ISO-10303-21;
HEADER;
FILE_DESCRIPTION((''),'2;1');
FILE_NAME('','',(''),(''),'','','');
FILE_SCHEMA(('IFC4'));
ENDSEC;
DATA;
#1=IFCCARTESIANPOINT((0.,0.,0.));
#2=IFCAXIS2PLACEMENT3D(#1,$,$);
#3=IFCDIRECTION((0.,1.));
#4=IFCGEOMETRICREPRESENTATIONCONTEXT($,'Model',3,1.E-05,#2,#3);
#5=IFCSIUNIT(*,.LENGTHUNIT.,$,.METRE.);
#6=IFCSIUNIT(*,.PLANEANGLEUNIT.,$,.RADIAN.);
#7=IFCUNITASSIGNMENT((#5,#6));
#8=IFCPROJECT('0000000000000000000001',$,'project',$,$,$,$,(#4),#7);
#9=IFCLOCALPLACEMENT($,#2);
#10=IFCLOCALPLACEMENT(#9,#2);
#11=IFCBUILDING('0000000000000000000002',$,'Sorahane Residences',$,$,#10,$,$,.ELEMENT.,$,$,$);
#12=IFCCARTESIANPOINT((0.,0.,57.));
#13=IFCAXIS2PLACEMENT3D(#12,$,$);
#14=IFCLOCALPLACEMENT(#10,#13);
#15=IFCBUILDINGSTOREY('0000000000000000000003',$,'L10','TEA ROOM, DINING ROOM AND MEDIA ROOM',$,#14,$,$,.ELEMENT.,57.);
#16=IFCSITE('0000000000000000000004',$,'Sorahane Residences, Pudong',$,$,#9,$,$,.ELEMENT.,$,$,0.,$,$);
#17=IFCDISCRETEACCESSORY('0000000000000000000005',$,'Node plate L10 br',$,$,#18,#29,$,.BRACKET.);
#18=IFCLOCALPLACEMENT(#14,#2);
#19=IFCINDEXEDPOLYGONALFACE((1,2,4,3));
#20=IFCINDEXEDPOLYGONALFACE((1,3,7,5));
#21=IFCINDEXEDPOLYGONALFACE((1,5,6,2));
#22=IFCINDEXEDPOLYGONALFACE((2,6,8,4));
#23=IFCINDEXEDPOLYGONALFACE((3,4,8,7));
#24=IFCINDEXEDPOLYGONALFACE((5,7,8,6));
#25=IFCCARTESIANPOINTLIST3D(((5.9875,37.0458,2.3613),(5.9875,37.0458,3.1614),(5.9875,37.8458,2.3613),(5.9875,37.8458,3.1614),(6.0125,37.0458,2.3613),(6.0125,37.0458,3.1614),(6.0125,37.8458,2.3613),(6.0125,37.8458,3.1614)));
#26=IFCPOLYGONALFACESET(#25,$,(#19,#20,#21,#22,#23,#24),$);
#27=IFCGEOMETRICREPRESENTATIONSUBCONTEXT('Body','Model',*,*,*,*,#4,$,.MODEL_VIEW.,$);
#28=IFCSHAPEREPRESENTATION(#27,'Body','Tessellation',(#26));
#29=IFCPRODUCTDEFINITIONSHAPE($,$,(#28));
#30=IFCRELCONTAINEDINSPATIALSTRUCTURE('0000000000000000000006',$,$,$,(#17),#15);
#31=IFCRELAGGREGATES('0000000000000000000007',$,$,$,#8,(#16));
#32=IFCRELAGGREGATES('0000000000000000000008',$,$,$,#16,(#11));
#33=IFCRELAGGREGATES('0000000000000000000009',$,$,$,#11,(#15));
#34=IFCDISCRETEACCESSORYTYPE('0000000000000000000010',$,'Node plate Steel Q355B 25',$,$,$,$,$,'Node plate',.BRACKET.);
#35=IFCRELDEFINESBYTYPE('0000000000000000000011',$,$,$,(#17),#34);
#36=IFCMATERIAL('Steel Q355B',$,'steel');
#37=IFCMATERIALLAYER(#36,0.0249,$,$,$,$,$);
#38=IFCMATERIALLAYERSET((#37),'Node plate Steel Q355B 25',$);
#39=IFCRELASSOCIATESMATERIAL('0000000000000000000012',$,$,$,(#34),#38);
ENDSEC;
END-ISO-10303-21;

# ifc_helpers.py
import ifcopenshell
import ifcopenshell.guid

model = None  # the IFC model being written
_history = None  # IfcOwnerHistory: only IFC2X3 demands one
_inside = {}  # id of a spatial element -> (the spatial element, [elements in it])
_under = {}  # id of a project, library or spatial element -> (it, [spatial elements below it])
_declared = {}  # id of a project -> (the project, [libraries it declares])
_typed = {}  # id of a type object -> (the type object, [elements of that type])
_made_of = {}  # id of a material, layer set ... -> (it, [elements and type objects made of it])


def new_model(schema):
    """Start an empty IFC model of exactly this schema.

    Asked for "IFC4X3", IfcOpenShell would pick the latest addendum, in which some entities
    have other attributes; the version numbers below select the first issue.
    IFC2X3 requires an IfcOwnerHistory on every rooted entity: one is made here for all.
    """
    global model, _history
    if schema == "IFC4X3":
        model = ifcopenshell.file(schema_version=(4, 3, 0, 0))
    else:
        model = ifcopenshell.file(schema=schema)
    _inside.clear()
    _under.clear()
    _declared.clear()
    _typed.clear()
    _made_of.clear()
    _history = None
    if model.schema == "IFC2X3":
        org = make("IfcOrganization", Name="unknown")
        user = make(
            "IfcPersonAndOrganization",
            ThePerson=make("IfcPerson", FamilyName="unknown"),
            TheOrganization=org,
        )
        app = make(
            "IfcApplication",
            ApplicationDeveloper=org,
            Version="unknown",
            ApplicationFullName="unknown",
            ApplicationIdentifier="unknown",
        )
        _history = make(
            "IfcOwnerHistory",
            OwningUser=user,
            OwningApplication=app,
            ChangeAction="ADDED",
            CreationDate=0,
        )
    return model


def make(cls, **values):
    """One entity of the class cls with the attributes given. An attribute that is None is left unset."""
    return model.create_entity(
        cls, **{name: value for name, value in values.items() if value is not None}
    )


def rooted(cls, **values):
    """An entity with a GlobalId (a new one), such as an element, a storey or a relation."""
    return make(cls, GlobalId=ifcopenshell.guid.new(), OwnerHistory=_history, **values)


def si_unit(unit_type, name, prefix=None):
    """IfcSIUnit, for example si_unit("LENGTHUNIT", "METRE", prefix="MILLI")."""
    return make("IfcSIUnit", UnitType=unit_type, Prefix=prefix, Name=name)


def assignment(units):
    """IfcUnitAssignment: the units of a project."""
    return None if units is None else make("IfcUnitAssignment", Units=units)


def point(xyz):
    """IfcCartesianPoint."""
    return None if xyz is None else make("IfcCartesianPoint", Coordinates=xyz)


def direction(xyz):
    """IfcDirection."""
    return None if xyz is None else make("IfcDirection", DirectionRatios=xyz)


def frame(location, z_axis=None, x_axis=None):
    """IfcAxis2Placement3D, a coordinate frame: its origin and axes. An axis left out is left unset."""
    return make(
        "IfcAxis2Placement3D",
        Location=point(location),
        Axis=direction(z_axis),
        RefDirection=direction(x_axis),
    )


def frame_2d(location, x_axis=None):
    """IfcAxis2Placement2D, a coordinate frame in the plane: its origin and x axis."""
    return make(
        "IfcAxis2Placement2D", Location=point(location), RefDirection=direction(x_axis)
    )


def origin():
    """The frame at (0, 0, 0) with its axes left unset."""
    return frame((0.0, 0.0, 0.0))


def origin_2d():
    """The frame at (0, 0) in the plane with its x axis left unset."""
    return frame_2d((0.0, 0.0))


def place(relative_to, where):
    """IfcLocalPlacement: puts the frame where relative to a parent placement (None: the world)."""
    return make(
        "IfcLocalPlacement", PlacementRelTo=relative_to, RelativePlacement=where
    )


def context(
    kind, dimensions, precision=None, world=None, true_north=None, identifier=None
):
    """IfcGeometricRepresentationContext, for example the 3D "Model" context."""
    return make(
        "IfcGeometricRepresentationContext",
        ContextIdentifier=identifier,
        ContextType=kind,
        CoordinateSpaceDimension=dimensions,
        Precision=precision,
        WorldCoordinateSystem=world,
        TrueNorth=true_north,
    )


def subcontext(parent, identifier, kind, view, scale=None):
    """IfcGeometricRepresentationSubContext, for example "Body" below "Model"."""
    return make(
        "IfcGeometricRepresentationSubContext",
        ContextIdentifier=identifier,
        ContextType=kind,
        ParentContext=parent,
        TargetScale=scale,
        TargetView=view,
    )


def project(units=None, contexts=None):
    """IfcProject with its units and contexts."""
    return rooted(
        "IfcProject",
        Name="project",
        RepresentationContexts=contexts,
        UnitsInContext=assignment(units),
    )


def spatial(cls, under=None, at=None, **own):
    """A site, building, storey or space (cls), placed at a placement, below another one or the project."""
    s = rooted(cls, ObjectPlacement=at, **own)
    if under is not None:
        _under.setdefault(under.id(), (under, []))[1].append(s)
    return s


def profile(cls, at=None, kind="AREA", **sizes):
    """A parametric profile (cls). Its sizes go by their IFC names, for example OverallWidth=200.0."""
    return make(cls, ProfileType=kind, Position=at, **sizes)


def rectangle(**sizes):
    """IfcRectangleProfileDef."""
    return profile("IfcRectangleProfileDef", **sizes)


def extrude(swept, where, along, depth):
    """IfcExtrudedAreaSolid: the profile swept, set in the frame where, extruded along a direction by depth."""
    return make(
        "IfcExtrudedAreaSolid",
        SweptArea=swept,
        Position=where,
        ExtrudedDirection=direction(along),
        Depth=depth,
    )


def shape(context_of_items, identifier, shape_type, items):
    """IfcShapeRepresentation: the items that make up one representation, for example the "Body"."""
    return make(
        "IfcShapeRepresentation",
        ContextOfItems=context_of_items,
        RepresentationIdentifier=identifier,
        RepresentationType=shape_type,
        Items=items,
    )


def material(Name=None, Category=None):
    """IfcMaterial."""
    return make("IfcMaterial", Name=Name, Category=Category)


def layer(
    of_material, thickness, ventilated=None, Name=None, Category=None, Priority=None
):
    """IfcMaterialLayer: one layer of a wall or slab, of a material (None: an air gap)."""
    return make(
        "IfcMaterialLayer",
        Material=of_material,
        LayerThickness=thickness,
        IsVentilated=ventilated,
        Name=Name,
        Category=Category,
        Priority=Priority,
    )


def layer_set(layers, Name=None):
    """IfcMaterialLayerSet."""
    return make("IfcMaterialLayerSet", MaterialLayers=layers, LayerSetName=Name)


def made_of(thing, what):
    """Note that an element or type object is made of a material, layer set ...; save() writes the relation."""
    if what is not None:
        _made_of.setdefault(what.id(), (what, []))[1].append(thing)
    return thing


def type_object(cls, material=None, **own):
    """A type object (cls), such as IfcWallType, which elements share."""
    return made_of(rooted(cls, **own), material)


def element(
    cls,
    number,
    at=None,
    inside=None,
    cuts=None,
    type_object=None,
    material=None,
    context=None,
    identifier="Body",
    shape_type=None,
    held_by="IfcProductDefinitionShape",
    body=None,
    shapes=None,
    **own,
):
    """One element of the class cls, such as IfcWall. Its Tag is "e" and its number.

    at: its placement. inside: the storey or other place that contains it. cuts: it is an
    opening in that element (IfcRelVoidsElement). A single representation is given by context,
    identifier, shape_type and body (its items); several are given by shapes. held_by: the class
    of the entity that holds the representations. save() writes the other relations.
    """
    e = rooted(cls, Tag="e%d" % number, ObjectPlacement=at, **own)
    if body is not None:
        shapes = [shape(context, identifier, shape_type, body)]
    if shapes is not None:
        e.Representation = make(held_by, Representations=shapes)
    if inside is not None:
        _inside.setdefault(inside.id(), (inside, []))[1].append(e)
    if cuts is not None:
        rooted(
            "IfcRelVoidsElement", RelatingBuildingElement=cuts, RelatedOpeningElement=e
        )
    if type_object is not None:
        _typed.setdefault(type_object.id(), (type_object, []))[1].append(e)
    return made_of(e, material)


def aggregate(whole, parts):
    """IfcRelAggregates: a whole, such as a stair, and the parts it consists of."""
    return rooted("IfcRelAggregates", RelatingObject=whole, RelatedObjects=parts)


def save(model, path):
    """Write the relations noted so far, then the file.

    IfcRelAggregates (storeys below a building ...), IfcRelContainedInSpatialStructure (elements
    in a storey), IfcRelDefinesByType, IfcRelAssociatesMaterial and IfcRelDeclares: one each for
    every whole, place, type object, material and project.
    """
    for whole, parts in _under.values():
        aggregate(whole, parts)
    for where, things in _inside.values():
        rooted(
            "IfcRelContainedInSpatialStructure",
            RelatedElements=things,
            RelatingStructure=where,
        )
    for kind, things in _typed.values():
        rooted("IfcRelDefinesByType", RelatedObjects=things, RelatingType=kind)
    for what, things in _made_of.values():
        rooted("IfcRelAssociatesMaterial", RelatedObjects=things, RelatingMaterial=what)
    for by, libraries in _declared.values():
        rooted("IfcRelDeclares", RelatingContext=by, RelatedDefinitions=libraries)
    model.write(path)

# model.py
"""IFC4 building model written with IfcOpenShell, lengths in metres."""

from ifc_helpers import new_model, si_unit, direction, frame, origin, origin_2d, place, context, subcontext, project, spatial, rectangle, extrude, material, layer, layer_set, type_object, element, save


model = new_model("IFC4")

# Units and contexts
model_context = context("Model", 3, precision=1e-05, world=origin(), true_north=direction((0.0, 1.0)))
body_context = subcontext(model_context, "Body", "Model", "MODEL_VIEW")
ifc_project = project(units=[si_unit("LENGTHUNIT", "METRE"), si_unit("PLANEANGLEUNIT", "RADIAN")], contexts=[model_context])

# Site, building, storey
site_placement = place(None, origin())
site = spatial("IfcSite", under=ifc_project, at=site_placement, Name="Sorahane Residences, Pudong", CompositionType="ELEMENT", RefElevation=0.0)
building_placement = place(site_placement, origin())
building = spatial("IfcBuilding", under=site, at=building_placement, Name="Sorahane Residences", CompositionType="ELEMENT")
storey_placement = place(building_placement, frame((0.0, 0.0, 57.0)))
storey = spatial("IfcBuildingStorey", under=building, at=storey_placement, Name="L10", Description="TEA ROOM, DINING ROOM AND MEDIA ROOM", CompositionType="ELEMENT", Elevation=57.0)

# Discrete accessory
ifc_material_1 = material(Name="Steel Q355B", Category="steel")
ifc_layer_1 = layer(ifc_material_1, 0.0249)
ifc_layer_set_1 = layer_set([ifc_layer_1], Name="Node plate Steel Q355B 25")
discrete_accessory_type = type_object("IfcDiscreteAccessoryType", Name="Node plate Steel Q355B 25", ElementType="Node plate", PredefinedType="BRACKET", material=ifc_layer_set_1)
for number, where, z_axis, x_axis, name in (
    (1, (6.0, 37.4458, 2.3613), (0.0, 0.0, 1.0), (0.0, 1.0, 0.0), "Node plate L10 br"),
):
    element("IfcDiscreteAccessory", number, at=place(storey_placement, frame(where, z_axis=z_axis, x_axis=x_axis)), inside=storey, type_object=discrete_accessory_type, Name=name, PredefinedType="BRACKET", context=body_context, shape_type="SweptSolid", body=[
        extrude(rectangle(XDim=0.8, YDim=0.0249, at=origin_2d()), origin(), (0.0, 0.0, 1.0), 0.8),
    ])

save(model, "model.ifc")
